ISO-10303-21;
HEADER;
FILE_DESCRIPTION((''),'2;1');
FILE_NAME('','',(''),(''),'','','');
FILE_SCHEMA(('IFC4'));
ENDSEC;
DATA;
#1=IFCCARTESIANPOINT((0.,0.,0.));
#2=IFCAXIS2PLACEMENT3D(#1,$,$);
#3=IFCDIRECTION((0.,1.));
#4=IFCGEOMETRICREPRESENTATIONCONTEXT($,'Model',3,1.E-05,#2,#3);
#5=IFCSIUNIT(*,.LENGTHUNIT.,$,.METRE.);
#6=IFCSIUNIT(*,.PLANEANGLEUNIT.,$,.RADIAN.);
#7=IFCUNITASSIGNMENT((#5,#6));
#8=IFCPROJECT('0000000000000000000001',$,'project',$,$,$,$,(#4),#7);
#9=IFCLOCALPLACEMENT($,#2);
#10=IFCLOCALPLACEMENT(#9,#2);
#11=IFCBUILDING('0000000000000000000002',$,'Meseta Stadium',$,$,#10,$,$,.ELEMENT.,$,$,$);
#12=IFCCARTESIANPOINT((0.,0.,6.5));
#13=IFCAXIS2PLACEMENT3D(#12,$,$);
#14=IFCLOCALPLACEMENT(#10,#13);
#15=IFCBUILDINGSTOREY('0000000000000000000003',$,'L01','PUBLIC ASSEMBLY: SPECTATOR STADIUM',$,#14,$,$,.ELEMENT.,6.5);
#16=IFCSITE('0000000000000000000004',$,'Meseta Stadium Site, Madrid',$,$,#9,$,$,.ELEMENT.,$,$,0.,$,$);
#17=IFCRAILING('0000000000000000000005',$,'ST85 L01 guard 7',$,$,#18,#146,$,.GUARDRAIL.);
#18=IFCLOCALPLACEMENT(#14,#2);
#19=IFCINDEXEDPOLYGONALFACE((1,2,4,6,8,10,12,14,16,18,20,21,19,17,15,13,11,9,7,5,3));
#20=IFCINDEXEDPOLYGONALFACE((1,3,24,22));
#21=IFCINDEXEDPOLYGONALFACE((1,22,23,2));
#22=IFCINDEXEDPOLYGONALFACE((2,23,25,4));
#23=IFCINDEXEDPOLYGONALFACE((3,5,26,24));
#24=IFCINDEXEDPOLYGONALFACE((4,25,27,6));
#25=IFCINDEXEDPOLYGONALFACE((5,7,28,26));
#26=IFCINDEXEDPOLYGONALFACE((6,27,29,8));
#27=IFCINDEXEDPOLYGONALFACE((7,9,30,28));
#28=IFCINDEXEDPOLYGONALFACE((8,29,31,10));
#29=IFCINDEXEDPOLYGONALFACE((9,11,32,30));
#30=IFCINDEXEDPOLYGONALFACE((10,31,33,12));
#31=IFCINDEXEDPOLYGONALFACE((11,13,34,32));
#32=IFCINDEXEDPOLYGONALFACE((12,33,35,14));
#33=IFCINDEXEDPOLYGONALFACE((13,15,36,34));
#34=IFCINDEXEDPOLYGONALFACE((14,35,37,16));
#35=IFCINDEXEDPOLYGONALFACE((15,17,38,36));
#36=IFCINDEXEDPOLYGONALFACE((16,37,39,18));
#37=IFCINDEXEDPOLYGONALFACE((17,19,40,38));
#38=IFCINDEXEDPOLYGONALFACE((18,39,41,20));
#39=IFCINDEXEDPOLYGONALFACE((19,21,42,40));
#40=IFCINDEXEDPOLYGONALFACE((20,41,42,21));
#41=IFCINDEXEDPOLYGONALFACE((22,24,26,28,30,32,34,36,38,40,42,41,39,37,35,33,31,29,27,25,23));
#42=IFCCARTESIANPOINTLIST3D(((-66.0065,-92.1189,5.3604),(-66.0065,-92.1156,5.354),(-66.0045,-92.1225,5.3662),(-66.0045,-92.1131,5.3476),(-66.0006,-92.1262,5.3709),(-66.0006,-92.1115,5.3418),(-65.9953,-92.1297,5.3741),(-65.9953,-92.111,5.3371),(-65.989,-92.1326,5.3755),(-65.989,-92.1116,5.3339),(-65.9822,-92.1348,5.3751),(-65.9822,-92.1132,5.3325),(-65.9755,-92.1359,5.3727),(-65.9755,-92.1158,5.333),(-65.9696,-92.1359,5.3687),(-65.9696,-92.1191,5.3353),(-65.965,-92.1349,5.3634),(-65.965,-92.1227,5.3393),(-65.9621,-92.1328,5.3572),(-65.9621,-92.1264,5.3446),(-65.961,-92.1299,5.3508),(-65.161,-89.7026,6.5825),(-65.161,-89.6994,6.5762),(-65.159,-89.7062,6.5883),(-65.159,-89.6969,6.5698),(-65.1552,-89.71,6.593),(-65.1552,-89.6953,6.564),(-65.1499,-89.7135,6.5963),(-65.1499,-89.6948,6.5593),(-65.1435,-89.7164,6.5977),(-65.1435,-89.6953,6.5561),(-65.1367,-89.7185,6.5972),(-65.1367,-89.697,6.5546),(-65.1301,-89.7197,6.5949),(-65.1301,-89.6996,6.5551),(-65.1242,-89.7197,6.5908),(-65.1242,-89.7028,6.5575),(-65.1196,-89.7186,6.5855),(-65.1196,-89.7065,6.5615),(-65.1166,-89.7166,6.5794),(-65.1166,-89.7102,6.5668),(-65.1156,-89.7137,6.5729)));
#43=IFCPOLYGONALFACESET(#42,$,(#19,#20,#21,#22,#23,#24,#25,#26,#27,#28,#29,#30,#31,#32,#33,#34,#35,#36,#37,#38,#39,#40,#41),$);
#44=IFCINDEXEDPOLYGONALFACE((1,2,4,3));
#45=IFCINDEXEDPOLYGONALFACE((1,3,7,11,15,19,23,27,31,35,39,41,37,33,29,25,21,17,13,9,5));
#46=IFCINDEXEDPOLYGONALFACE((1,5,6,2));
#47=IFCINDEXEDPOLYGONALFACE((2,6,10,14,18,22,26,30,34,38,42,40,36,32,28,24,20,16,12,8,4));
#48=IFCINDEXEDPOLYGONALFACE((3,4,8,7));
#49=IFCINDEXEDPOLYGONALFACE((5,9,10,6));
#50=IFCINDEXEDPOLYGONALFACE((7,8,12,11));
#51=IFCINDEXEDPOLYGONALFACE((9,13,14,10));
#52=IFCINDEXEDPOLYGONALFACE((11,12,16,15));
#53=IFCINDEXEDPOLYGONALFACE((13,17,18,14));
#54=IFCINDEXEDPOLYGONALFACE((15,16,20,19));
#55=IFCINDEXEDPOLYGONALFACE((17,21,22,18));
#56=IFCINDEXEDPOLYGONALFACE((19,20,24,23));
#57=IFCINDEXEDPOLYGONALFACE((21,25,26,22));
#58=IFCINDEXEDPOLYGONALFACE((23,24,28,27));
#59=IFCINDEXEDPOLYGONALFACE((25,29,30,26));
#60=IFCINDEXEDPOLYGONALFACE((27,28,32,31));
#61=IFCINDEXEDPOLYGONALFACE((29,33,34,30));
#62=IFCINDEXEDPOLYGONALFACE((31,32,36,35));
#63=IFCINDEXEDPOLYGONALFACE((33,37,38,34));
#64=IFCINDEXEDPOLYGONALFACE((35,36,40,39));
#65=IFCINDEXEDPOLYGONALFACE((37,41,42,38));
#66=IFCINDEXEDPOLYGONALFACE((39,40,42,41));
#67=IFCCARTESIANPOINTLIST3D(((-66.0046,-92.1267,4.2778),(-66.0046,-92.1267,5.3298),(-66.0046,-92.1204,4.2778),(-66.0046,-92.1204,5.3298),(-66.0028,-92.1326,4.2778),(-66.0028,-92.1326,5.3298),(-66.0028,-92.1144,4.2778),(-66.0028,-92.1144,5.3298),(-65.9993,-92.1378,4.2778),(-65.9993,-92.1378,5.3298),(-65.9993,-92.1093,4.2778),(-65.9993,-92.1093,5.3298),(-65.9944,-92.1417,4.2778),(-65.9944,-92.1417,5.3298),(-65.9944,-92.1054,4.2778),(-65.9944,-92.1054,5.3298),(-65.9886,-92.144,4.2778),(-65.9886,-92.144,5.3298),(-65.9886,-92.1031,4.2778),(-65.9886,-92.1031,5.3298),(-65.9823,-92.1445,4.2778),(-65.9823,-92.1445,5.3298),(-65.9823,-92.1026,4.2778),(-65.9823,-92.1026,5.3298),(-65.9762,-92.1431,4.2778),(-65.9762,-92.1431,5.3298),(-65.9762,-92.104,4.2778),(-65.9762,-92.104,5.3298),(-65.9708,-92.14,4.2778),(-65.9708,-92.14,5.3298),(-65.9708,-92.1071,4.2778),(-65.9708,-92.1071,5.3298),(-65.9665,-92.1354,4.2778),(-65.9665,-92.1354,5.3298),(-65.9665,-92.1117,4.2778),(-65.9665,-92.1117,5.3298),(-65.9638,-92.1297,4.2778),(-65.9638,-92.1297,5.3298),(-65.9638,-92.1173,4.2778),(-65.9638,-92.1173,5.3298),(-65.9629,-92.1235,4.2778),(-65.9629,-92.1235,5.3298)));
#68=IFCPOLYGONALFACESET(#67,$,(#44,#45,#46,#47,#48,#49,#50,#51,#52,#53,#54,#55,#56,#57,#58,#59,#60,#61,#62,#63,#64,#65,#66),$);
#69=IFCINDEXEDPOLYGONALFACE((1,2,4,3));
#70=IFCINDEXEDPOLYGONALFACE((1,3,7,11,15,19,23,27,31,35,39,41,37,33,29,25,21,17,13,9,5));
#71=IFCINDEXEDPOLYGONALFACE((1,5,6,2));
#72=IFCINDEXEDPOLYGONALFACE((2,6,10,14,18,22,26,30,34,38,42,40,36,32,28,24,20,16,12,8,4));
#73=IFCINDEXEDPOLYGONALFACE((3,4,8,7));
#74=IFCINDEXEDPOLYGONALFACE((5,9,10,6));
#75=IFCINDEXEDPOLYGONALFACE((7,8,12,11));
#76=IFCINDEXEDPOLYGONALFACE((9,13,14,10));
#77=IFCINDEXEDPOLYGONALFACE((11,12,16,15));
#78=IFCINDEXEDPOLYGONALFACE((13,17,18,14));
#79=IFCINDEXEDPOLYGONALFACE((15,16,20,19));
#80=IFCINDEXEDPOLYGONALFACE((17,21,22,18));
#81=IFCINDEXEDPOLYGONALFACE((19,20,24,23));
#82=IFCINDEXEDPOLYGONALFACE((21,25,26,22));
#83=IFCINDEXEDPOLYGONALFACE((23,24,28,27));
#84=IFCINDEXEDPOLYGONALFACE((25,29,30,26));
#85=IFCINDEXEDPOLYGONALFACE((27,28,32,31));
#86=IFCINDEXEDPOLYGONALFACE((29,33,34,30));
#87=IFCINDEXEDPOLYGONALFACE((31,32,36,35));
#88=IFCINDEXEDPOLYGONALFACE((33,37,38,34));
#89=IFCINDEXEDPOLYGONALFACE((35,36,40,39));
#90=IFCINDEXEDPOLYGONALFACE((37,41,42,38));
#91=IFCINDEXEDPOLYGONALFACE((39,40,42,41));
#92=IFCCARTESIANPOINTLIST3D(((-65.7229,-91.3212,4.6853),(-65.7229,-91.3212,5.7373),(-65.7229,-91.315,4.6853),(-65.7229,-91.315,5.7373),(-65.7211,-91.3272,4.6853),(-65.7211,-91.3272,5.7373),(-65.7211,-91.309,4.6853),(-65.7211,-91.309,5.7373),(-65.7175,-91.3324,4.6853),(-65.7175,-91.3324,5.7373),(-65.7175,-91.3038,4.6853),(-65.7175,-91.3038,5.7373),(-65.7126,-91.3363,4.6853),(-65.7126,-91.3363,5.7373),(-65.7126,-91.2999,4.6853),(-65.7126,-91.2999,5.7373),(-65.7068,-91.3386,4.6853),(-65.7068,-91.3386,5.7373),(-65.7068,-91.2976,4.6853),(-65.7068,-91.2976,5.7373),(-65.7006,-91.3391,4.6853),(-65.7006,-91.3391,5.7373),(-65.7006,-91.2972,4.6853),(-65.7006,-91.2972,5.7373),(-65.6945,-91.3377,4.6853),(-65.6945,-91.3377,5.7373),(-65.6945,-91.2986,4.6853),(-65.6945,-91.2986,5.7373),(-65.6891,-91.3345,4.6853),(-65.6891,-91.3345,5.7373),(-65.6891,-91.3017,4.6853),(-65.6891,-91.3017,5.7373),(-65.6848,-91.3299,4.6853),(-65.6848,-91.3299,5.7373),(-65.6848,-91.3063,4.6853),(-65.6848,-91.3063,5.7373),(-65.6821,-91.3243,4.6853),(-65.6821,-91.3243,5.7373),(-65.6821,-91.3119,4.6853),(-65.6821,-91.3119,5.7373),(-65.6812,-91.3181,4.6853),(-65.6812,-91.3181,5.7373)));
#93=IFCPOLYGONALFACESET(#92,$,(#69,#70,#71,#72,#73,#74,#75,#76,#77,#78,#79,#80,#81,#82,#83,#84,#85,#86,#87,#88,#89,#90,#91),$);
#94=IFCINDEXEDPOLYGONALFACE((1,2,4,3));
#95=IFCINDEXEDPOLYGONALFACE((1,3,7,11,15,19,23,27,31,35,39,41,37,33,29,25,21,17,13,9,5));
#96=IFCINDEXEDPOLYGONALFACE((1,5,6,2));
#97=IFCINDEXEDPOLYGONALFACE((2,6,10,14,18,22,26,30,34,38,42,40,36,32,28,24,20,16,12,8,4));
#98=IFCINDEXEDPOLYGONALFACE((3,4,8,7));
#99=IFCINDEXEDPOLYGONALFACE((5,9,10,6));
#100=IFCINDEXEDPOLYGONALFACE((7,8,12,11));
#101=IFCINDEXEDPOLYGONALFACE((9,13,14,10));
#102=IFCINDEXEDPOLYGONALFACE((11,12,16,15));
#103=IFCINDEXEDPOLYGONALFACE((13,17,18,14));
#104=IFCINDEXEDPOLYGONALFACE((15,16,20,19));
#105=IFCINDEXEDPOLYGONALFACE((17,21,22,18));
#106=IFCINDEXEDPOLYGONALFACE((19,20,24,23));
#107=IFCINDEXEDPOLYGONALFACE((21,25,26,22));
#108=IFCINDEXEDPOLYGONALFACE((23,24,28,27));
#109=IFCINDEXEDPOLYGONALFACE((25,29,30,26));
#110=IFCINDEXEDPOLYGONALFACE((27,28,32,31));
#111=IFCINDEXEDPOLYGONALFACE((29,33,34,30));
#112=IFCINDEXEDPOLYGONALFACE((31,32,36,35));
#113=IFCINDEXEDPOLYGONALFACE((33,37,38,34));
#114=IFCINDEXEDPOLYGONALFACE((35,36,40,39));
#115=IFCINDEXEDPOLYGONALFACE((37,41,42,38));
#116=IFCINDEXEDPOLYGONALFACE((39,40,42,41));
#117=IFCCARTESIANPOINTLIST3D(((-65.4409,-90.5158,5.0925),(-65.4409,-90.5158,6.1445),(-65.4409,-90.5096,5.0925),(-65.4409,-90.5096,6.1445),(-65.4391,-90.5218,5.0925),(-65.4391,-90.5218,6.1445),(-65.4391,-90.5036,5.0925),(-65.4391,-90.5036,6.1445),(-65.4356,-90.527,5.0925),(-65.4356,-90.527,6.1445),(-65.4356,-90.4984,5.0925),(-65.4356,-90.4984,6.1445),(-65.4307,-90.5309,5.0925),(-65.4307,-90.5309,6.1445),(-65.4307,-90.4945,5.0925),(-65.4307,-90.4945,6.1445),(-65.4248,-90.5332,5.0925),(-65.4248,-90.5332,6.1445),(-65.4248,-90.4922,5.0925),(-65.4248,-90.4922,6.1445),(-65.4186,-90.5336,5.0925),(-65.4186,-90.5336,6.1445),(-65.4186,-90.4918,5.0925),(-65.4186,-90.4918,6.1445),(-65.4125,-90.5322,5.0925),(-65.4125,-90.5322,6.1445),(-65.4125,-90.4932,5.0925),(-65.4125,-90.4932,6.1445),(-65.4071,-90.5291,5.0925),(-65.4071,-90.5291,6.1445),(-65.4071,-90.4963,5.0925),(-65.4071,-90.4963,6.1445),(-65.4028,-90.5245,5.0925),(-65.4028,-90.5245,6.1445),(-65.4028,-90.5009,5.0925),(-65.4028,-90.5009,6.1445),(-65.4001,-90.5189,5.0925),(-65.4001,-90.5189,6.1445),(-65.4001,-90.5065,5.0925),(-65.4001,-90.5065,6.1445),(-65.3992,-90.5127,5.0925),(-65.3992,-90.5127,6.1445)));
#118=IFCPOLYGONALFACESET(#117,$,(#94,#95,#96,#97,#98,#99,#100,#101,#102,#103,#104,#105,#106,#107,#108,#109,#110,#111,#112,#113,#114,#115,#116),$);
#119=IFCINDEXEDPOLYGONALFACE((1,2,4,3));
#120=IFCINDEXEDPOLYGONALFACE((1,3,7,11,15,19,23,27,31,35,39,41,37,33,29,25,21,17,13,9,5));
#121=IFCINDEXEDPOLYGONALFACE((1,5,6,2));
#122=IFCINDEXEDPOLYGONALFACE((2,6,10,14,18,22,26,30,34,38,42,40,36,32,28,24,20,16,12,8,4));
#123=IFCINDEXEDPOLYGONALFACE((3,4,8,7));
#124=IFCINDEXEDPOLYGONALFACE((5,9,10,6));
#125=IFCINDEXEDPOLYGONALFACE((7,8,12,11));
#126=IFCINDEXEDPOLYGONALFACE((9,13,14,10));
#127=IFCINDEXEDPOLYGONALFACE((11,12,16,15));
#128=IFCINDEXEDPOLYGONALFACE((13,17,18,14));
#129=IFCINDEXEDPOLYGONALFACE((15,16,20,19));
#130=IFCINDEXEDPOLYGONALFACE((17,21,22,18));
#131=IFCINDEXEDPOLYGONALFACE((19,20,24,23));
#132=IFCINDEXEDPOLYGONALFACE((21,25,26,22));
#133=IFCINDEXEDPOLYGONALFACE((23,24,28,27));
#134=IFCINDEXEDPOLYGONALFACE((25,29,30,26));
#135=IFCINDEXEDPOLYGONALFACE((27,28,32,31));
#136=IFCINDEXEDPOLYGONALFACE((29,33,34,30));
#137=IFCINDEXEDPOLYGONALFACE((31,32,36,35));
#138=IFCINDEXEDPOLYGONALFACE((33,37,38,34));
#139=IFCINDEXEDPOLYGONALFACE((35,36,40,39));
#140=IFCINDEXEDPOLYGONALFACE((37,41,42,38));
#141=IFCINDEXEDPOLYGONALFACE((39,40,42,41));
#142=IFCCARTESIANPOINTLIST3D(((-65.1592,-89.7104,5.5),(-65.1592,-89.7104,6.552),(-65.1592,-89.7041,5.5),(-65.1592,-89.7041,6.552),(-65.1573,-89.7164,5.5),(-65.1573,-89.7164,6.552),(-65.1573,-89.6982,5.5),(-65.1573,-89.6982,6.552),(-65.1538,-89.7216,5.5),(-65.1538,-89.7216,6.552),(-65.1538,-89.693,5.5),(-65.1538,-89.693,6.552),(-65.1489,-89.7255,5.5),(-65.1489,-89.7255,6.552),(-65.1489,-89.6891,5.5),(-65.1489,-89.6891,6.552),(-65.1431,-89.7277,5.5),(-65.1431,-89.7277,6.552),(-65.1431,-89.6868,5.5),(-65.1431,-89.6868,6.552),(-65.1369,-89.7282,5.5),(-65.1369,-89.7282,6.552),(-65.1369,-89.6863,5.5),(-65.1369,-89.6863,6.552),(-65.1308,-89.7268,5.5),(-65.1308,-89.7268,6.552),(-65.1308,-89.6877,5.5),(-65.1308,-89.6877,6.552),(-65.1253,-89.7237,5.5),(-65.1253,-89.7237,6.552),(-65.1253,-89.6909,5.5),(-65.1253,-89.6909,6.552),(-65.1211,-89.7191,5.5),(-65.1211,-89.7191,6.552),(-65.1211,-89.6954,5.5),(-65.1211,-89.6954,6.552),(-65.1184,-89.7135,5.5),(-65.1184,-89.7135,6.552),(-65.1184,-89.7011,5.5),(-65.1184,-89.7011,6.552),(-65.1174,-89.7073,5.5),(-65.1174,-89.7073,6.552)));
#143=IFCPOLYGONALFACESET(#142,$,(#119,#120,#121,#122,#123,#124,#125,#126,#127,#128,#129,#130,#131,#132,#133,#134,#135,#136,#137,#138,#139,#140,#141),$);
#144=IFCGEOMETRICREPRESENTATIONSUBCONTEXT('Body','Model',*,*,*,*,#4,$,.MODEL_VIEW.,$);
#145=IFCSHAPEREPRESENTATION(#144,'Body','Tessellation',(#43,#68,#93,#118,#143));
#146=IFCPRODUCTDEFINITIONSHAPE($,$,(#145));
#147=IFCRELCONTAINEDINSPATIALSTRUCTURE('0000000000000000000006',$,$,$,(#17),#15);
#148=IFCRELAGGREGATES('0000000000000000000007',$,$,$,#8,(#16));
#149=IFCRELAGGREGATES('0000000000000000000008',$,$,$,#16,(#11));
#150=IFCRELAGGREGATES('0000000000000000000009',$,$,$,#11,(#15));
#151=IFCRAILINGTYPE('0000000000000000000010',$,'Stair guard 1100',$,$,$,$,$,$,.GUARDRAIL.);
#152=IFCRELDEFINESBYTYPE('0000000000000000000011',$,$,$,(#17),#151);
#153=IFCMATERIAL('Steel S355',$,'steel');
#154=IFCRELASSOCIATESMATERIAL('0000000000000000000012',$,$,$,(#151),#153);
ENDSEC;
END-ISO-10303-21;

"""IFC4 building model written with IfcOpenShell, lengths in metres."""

from ifc_helpers import new_model, si_unit, direction, frame, origin, origin_2d, place, context, subcontext, project, spatial, circle, extrude, material, type_object, element, save


model = new_model("IFC4")

# Units and contexts
model_context = context("Model", 3, precision=1e-05, world=origin(), true_north=direction((0.0, 1.0)))
body_context = subcontext(model_context, "Body", "Model", "MODEL_VIEW")
ifc_project = project(units=[si_unit("LENGTHUNIT", "METRE"), si_unit("PLANEANGLEUNIT", "RADIAN")], contexts=[model_context])

# Site, building, storey
site_placement = place(None, origin())
site = spatial("IfcSite", under=ifc_project, at=site_placement, Name="Meseta Stadium Site, Madrid", CompositionType="ELEMENT", RefElevation=0.0)
building_placement = place(site_placement, origin())
building = spatial("IfcBuilding", under=site, at=building_placement, Name="Meseta Stadium", CompositionType="ELEMENT")
storey_placement = place(building_placement, frame((0.0, 0.0, 6.5)))
storey = spatial("IfcBuildingStorey", under=building, at=storey_placement, Name="L01", Description="PUBLIC ASSEMBLY: SPECTATOR STADIUM", CompositionType="ELEMENT", Elevation=6.5)

# Railing
ifc_material_1 = material(Name="Steel S355", Category="steel")
railing_type_1 = type_object("IfcRailingType", Name="Stair guard 1100", PredefinedType="GUARDRAIL", material=ifc_material_1)
railing_1_placement = place(storey_placement, frame((-65.9839, -92.1235, 4.2778)))
element("IfcRailing", 1, at=railing_1_placement, inside=storey, type_object=railing_type_1, Name="ST85 L01 guard 7", PredefinedType="GUARDRAIL", context=body_context, shape_type="SweptSolid", body=[
    extrude(circle(Radius=0.0239, at=origin_2d()), frame((0.0, 0.0, 1.0762), z_axis=(0.298044, 0.851789, 0.430843), x_axis=(-0.943887, 0.33027, 0.0)), (0.0, 0.0, 1.0), 2.8367),
    extrude(circle(Radius=0.021, at=origin_2d()), origin(), (0.0, 0.0, 1.0), 1.052),
    extrude(circle(Radius=0.021, at=origin_2d()), frame((0.2817, 0.8054, 0.4075)), (0.0, 0.0, 1.0), 1.052),
    extrude(circle(Radius=0.021, at=origin_2d()), frame((0.5637, 1.6108, 0.8147)), (0.0, 0.0, 1.0), 1.052),
    extrude(circle(Radius=0.021, at=origin_2d()), frame((0.8455, 2.4163, 1.2222)), (0.0, 0.0, 1.0), 1.052),
])

save(model, "model.ifc")
